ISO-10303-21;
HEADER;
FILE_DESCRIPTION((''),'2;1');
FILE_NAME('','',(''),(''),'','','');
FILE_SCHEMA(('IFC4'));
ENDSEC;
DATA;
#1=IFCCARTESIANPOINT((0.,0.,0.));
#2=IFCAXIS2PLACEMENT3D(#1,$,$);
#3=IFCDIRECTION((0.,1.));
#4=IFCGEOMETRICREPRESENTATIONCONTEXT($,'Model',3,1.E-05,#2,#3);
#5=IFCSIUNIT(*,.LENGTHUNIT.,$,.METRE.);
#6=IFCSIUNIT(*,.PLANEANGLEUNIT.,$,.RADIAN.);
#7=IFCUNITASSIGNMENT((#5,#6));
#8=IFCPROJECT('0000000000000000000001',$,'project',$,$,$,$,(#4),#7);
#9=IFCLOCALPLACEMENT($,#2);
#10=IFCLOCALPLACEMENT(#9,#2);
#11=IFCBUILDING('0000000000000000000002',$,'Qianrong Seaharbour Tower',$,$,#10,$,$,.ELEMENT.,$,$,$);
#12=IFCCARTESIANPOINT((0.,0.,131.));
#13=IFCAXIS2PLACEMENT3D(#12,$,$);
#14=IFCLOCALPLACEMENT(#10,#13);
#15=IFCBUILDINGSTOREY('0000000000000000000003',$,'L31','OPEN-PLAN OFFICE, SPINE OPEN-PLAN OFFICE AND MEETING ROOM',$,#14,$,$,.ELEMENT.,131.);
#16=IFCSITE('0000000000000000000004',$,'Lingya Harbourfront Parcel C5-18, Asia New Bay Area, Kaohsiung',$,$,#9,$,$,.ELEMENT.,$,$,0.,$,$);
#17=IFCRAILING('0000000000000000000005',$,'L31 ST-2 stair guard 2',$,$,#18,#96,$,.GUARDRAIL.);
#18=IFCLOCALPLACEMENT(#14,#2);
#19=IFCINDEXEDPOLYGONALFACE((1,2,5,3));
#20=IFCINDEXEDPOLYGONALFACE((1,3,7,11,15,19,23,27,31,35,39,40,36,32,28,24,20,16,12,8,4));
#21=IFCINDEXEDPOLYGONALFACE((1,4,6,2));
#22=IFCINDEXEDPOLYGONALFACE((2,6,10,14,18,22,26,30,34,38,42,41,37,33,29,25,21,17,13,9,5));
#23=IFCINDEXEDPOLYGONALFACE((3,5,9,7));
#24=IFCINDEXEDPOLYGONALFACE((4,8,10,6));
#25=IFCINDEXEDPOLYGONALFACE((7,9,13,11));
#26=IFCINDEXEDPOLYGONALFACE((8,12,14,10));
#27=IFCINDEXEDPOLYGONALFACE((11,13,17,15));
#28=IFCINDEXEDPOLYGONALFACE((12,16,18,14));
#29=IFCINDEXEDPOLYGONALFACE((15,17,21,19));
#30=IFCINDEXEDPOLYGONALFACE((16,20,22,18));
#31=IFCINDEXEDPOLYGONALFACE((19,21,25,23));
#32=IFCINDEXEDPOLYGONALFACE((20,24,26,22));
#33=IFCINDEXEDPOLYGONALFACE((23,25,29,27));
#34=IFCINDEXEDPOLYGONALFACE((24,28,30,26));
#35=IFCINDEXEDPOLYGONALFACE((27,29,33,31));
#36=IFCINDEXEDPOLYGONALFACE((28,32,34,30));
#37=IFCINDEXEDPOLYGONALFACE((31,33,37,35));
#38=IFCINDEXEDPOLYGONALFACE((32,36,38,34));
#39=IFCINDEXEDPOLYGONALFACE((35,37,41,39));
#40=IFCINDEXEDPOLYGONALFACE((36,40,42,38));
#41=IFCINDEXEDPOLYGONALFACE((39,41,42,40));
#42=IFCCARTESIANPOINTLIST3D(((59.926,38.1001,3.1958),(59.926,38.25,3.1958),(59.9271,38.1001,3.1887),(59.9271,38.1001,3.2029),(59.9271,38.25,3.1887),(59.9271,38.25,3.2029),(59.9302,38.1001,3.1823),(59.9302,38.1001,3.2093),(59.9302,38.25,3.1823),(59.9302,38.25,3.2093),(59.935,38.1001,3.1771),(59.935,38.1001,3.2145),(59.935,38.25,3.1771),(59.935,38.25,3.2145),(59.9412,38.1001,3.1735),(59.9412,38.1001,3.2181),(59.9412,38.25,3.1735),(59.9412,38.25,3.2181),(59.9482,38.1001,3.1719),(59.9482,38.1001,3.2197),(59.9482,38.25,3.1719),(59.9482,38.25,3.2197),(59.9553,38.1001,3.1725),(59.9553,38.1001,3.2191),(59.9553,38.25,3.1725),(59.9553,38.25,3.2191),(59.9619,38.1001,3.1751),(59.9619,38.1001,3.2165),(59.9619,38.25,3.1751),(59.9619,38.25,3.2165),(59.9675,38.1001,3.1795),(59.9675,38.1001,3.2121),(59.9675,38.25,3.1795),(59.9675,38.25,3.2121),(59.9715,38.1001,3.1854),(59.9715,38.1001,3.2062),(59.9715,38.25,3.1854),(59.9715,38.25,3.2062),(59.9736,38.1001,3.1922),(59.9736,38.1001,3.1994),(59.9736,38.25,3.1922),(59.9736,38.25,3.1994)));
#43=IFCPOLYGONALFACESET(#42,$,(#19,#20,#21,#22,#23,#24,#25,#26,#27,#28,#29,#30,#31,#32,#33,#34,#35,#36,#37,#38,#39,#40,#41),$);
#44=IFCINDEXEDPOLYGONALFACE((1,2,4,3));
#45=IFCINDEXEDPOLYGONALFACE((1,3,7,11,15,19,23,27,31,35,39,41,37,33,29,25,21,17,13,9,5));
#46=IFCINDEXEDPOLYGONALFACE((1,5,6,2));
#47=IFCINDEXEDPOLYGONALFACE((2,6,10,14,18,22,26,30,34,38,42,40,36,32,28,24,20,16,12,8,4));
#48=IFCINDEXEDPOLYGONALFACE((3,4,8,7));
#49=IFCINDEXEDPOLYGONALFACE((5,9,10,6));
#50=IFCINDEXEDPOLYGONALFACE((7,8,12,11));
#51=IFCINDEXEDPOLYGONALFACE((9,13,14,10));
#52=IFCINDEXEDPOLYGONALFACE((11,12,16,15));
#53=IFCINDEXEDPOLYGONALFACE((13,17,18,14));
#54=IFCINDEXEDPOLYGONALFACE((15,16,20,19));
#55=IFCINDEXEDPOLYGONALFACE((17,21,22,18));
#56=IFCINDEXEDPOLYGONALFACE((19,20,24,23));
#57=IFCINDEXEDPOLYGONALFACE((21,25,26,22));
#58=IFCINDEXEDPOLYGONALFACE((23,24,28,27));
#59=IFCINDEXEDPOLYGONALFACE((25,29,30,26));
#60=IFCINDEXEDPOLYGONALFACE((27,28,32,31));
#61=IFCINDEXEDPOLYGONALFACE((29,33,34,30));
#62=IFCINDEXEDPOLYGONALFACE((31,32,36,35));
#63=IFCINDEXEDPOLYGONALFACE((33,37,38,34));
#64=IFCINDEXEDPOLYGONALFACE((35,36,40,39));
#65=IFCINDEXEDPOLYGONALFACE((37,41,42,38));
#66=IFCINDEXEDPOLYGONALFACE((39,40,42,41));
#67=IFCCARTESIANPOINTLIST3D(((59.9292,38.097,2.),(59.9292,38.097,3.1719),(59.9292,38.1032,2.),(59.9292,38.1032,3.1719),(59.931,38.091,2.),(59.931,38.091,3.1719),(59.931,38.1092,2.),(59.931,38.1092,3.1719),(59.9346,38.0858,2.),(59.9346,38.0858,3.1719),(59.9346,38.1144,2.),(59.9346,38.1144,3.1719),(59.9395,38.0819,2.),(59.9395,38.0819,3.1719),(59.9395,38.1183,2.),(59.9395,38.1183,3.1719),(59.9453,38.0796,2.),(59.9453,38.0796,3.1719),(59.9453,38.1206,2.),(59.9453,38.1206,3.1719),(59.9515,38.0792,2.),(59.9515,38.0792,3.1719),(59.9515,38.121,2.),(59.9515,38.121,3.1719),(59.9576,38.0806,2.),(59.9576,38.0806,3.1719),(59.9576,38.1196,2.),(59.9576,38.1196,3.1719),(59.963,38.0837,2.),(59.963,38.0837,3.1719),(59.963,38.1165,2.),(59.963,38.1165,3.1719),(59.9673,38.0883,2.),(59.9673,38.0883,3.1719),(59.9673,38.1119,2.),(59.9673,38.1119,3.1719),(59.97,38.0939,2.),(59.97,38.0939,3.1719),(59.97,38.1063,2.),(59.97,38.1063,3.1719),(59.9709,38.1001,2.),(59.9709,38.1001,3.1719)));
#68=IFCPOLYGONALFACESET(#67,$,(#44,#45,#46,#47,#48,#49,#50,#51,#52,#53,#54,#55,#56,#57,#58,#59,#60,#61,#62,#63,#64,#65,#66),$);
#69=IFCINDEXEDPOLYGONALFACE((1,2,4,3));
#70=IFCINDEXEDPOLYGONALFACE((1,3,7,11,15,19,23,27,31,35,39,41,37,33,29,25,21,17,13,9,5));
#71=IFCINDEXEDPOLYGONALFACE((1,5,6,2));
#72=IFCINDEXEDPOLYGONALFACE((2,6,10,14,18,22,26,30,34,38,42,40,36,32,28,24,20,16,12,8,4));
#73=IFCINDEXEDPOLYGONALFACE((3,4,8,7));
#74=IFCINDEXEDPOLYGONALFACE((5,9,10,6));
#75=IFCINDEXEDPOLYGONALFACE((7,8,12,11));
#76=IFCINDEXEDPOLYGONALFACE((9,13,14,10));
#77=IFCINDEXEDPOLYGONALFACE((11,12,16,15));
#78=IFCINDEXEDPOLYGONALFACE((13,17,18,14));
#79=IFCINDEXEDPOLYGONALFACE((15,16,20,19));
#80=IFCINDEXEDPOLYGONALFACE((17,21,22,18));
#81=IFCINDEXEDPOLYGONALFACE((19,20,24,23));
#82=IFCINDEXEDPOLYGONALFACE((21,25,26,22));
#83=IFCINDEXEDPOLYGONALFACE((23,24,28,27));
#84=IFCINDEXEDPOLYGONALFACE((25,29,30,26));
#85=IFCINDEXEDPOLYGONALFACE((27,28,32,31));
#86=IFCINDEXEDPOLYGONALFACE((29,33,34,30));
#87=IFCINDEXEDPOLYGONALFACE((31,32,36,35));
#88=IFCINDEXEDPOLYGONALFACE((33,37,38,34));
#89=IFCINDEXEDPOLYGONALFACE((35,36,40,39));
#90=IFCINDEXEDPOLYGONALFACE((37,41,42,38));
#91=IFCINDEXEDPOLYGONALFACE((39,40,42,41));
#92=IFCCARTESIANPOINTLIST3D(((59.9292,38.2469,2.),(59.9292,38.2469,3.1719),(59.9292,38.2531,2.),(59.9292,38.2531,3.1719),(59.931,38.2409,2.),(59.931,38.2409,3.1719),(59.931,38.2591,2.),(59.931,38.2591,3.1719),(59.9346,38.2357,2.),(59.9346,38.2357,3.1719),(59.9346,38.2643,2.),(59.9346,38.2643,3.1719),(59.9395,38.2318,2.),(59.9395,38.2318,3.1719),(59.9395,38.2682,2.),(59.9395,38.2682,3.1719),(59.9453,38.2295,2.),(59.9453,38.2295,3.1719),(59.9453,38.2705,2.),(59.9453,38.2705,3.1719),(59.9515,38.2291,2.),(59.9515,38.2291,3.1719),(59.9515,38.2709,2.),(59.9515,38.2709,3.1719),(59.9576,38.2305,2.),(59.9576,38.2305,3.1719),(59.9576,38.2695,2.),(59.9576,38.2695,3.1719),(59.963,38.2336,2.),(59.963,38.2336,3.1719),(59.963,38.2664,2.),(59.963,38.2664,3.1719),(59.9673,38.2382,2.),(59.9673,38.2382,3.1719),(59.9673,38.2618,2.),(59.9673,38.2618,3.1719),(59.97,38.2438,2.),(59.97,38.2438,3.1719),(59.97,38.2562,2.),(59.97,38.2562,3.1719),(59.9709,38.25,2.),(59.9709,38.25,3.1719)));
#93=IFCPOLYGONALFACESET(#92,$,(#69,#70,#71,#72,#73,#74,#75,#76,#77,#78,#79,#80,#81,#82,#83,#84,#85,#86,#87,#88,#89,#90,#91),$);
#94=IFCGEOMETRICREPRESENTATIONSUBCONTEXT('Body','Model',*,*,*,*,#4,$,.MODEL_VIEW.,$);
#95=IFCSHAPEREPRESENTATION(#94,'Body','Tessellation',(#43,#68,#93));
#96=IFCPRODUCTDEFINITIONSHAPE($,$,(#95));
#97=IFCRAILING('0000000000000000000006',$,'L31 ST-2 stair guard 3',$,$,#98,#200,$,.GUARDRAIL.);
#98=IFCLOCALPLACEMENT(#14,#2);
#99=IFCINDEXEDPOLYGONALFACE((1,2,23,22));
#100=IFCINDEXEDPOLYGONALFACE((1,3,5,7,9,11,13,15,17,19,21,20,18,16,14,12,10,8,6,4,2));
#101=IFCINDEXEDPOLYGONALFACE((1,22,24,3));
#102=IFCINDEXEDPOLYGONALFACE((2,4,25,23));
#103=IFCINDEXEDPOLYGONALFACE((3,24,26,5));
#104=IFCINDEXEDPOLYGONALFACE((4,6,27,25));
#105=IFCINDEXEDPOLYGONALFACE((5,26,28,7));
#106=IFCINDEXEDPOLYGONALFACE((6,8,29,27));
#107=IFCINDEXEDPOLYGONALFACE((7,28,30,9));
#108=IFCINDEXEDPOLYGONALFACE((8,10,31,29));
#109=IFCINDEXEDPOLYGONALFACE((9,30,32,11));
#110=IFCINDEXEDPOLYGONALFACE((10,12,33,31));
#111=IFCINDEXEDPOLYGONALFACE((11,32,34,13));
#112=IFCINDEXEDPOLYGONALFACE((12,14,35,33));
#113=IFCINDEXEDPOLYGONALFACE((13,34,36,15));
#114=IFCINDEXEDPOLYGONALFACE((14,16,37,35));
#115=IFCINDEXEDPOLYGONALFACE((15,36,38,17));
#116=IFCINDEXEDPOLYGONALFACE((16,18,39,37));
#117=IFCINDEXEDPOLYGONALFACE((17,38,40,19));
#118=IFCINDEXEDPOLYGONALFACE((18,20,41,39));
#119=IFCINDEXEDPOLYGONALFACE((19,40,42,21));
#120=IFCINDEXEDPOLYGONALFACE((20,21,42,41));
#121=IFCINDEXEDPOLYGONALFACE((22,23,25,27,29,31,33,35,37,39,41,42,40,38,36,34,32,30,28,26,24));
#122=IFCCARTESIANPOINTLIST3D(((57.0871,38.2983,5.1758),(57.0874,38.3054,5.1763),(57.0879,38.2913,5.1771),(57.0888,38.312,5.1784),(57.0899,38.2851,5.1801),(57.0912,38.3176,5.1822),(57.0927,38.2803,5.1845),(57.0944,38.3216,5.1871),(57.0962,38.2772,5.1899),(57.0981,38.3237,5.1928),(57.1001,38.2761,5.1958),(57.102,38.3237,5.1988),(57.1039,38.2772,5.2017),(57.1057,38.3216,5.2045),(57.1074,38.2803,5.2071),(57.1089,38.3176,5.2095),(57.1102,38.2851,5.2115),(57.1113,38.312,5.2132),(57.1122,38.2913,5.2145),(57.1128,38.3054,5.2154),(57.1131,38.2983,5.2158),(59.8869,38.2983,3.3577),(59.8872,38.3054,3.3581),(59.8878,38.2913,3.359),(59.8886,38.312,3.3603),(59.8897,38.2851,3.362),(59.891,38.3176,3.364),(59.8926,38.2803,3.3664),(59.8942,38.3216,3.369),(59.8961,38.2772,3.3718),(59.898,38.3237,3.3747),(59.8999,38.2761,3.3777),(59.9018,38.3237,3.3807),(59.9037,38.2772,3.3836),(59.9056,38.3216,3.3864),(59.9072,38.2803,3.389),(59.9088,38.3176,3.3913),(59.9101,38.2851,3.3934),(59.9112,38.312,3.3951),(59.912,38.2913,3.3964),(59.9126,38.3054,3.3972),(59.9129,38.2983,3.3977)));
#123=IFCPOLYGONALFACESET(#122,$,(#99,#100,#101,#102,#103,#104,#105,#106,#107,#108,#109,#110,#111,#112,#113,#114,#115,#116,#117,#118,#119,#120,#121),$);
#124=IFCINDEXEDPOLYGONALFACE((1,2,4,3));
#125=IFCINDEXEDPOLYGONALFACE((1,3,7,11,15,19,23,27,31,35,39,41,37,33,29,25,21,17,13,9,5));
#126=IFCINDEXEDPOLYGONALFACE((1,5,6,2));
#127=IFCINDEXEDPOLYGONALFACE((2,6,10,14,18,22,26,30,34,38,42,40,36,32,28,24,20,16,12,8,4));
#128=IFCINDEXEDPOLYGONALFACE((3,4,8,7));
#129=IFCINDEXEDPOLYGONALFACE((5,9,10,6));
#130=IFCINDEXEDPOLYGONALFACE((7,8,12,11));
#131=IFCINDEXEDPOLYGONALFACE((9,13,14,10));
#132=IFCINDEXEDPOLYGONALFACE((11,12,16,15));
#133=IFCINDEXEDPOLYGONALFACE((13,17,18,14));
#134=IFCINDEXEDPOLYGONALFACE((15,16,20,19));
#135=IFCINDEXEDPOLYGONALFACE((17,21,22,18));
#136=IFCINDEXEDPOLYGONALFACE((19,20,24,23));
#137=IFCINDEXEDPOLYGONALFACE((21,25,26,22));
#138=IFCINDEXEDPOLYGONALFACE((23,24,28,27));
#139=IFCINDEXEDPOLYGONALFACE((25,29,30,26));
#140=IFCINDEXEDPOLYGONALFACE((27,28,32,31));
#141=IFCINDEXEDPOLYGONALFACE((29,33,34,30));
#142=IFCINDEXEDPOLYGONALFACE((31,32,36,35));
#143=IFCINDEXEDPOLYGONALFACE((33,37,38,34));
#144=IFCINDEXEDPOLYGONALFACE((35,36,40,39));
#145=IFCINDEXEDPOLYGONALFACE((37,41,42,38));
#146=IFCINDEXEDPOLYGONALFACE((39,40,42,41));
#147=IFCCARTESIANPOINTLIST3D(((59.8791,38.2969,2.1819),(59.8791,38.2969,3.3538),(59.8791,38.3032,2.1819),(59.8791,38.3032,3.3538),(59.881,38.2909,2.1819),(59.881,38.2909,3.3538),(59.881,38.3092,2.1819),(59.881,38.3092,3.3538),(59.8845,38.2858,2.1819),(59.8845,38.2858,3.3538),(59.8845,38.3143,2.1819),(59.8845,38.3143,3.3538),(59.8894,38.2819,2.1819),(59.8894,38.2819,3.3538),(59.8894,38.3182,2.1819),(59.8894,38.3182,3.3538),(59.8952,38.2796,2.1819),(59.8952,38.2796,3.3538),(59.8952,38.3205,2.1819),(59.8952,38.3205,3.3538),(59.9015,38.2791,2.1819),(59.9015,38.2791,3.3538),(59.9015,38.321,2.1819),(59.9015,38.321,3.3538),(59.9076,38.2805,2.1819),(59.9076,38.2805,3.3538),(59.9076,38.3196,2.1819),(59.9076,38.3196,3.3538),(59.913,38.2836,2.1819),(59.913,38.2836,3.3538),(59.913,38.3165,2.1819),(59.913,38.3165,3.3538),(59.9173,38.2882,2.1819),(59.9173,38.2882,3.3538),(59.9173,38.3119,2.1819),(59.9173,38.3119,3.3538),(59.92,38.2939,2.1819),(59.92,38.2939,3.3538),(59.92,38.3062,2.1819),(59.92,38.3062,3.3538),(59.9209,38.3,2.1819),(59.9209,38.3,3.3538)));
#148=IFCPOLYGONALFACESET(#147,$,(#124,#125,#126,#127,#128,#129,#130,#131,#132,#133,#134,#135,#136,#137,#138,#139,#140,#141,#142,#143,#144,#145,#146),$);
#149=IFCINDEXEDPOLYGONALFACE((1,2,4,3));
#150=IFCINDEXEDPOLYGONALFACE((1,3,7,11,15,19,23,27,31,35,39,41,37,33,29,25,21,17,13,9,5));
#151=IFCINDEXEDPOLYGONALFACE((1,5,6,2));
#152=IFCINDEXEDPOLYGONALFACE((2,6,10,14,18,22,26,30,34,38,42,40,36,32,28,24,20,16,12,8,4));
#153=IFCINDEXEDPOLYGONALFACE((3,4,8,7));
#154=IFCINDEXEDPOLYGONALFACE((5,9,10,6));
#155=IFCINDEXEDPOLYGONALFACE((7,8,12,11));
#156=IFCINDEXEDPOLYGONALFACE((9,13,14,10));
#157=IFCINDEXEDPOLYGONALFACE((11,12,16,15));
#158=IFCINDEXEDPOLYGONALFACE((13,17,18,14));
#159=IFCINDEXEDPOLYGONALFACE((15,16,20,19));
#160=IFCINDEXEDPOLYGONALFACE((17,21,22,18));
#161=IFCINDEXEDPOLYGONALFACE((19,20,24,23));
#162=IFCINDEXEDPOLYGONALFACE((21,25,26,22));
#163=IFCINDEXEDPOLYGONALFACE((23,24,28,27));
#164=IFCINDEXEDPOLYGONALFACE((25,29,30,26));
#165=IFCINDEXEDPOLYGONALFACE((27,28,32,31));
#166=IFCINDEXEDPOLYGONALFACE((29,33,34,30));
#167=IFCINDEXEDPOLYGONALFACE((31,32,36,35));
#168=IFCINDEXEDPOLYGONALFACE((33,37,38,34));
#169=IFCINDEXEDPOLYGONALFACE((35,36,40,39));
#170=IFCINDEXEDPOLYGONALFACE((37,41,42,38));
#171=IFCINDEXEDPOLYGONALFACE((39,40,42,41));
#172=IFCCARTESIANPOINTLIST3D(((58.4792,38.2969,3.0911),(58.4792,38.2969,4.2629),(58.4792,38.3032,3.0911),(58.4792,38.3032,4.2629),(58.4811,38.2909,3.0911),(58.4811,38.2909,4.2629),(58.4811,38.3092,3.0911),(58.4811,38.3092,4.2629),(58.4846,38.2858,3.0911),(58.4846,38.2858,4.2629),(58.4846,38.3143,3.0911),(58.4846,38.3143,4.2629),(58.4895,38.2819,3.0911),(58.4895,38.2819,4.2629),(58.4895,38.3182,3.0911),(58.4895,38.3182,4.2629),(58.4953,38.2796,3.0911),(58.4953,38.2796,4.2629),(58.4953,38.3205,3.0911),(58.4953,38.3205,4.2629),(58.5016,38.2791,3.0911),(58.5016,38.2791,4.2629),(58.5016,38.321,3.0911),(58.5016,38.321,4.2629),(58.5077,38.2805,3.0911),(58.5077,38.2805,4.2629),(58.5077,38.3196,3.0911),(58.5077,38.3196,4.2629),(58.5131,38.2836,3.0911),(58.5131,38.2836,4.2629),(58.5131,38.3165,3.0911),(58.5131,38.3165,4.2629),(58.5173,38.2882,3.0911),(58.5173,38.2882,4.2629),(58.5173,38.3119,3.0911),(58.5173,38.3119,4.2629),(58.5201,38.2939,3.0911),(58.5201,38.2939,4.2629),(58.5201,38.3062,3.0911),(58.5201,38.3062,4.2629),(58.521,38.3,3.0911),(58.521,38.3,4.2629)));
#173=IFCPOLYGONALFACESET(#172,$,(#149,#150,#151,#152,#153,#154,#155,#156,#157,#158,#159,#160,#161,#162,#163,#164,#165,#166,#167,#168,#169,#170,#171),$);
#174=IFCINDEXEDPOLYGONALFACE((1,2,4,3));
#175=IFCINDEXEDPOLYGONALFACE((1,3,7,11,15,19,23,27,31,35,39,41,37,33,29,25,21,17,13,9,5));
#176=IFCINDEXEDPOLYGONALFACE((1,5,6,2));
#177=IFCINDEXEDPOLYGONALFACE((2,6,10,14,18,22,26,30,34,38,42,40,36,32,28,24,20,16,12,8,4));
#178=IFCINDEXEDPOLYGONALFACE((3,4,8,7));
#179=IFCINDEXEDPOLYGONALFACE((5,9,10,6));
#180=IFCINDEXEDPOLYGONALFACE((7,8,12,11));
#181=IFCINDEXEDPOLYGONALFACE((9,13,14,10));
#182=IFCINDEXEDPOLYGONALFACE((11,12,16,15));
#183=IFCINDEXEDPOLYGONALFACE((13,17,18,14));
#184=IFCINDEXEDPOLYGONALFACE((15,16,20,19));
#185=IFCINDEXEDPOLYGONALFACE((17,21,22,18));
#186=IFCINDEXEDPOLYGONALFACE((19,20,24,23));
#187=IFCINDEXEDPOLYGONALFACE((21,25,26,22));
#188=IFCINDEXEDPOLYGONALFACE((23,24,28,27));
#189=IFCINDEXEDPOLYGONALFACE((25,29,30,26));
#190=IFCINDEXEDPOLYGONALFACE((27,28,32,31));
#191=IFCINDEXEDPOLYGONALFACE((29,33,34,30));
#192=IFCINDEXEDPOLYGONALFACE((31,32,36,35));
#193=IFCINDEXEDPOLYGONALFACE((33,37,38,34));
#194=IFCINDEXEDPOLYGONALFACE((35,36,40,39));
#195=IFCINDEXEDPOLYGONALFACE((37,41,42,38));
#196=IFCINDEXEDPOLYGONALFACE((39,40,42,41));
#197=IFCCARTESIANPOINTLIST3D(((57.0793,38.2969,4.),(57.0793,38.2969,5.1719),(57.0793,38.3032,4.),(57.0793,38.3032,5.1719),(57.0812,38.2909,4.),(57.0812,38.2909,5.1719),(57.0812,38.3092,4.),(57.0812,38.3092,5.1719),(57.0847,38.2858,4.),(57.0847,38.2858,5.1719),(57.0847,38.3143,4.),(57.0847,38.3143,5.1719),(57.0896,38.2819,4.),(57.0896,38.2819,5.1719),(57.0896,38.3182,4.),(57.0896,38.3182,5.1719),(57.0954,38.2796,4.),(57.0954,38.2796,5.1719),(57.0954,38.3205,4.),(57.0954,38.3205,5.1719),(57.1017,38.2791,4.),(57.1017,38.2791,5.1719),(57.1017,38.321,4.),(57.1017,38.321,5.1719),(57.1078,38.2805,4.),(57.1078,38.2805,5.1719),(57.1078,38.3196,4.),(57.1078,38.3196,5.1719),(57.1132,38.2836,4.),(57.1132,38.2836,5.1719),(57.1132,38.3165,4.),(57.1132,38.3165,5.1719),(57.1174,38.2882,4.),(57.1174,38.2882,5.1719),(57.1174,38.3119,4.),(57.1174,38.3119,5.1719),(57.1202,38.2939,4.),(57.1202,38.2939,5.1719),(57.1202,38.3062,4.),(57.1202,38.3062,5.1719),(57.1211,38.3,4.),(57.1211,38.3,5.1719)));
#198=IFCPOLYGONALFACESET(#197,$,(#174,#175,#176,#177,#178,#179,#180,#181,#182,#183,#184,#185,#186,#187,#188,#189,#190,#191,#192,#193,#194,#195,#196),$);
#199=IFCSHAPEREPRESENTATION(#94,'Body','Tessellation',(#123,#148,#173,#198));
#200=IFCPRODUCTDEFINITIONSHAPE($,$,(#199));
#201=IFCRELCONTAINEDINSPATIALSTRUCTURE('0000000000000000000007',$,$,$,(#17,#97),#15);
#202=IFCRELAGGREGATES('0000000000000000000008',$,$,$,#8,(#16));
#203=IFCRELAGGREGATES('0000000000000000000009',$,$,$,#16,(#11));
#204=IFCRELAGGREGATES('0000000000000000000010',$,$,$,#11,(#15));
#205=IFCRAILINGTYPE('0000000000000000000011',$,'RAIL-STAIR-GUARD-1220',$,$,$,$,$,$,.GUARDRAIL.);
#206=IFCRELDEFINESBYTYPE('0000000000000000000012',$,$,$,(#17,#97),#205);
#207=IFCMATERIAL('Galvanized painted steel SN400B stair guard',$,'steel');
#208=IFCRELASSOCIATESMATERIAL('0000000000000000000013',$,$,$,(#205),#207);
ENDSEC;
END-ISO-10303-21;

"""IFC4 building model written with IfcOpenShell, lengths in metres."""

from ifc_helpers import new_model, si_unit, direction, frame, origin, origin_2d, place, context, subcontext, project, spatial, circle, extrude, material, type_object, element, save


model = new_model("IFC4")

# Units and contexts
model_context = context("Model", 3, precision=1e-05, world=origin(), true_north=direction((0.0, 1.0)))
body_context = subcontext(model_context, "Body", "Model", "MODEL_VIEW")
ifc_project = project(units=[si_unit("LENGTHUNIT", "METRE"), si_unit("PLANEANGLEUNIT", "RADIAN")], contexts=[model_context])

# Site, building, storey
site_placement = place(None, origin())
site = spatial("IfcSite", under=ifc_project, at=site_placement, Name="Lingya Harbourfront Parcel C5-18, Asia New Bay Area, Kaohsiung", CompositionType="ELEMENT", RefElevation=0.0)
building_placement = place(site_placement, origin())
building = spatial("IfcBuilding", under=site, at=building_placement, Name="Qianrong Seaharbour Tower", CompositionType="ELEMENT")
storey_placement = place(building_placement, frame((0.0, 0.0, 131.0)))
storey = spatial("IfcBuildingStorey", under=building, at=storey_placement, Name="L31", Description="OPEN-PLAN OFFICE, SPINE OPEN-PLAN OFFICE AND MEETING ROOM", CompositionType="ELEMENT", Elevation=131.0)

# Railings
ifc_material_1 = material(Name="Galvanized painted steel SN400B stair guard", Category="steel")
railing_type_1 = type_object("IfcRailingType", Name="RAIL-STAIR-GUARD-1220", PredefinedType="GUARDRAIL", material=ifc_material_1)
railing_1_placement = place(storey_placement, frame((59.95, 38.1001, 2.0)))
element("IfcRailing", 1, at=railing_1_placement, inside=storey, type_object=railing_type_1, Name="L31 ST-2 stair guard 2", PredefinedType="GUARDRAIL", context=body_context, shape_type="SweptSolid", body=[
    extrude(circle(Radius=0.0239, at=origin_2d()), frame((0.0, 0.0, 1.1958), z_axis=(0.0, 1.0, 0.0), x_axis=(-1.0, 0.0, 0.0)), (0.0, 0.0, 1.0), 0.1499),
    extrude(circle(Radius=0.021, at=origin_2d()), origin(), (0.0, 0.0, 1.0), 1.1719),
    extrude(circle(Radius=0.021, at=origin_2d()), frame((0.0, 0.1499, 0.0)), (0.0, 0.0, 1.0), 1.1719),
])
railing_2_placement = place(storey_placement, frame((59.8999, 38.3, 2.1819)))
element("IfcRailing", 2, at=railing_2_placement, inside=storey, type_object=railing_type_1, Name="L31 ST-2 stair guard 3", PredefinedType="GUARDRAIL", context=body_context, shape_type="SweptSolid", body=[
    extrude(circle(Radius=0.0239, at=origin_2d()), frame((0.0, 0.0, 1.1958), z_axis=(-0.838684, 0.0, 0.544618), x_axis=(0.0, -1.0, 0.0)), (0.0, 0.0, 1.0), 3.3384),
    extrude(circle(Radius=0.021, at=origin_2d()), origin(), (0.0, 0.0, 1.0), 1.1719),
    extrude(circle(Radius=0.021, at=origin_2d()), frame((-1.3999, 0.0, 0.9092)), (0.0, 0.0, 1.0), 1.1719),
    extrude(circle(Radius=0.021, at=origin_2d()), frame((-2.7998, 0.0, 1.8181)), (0.0, 0.0, 1.0), 1.1719),
])

save(model, "model.ifc")
